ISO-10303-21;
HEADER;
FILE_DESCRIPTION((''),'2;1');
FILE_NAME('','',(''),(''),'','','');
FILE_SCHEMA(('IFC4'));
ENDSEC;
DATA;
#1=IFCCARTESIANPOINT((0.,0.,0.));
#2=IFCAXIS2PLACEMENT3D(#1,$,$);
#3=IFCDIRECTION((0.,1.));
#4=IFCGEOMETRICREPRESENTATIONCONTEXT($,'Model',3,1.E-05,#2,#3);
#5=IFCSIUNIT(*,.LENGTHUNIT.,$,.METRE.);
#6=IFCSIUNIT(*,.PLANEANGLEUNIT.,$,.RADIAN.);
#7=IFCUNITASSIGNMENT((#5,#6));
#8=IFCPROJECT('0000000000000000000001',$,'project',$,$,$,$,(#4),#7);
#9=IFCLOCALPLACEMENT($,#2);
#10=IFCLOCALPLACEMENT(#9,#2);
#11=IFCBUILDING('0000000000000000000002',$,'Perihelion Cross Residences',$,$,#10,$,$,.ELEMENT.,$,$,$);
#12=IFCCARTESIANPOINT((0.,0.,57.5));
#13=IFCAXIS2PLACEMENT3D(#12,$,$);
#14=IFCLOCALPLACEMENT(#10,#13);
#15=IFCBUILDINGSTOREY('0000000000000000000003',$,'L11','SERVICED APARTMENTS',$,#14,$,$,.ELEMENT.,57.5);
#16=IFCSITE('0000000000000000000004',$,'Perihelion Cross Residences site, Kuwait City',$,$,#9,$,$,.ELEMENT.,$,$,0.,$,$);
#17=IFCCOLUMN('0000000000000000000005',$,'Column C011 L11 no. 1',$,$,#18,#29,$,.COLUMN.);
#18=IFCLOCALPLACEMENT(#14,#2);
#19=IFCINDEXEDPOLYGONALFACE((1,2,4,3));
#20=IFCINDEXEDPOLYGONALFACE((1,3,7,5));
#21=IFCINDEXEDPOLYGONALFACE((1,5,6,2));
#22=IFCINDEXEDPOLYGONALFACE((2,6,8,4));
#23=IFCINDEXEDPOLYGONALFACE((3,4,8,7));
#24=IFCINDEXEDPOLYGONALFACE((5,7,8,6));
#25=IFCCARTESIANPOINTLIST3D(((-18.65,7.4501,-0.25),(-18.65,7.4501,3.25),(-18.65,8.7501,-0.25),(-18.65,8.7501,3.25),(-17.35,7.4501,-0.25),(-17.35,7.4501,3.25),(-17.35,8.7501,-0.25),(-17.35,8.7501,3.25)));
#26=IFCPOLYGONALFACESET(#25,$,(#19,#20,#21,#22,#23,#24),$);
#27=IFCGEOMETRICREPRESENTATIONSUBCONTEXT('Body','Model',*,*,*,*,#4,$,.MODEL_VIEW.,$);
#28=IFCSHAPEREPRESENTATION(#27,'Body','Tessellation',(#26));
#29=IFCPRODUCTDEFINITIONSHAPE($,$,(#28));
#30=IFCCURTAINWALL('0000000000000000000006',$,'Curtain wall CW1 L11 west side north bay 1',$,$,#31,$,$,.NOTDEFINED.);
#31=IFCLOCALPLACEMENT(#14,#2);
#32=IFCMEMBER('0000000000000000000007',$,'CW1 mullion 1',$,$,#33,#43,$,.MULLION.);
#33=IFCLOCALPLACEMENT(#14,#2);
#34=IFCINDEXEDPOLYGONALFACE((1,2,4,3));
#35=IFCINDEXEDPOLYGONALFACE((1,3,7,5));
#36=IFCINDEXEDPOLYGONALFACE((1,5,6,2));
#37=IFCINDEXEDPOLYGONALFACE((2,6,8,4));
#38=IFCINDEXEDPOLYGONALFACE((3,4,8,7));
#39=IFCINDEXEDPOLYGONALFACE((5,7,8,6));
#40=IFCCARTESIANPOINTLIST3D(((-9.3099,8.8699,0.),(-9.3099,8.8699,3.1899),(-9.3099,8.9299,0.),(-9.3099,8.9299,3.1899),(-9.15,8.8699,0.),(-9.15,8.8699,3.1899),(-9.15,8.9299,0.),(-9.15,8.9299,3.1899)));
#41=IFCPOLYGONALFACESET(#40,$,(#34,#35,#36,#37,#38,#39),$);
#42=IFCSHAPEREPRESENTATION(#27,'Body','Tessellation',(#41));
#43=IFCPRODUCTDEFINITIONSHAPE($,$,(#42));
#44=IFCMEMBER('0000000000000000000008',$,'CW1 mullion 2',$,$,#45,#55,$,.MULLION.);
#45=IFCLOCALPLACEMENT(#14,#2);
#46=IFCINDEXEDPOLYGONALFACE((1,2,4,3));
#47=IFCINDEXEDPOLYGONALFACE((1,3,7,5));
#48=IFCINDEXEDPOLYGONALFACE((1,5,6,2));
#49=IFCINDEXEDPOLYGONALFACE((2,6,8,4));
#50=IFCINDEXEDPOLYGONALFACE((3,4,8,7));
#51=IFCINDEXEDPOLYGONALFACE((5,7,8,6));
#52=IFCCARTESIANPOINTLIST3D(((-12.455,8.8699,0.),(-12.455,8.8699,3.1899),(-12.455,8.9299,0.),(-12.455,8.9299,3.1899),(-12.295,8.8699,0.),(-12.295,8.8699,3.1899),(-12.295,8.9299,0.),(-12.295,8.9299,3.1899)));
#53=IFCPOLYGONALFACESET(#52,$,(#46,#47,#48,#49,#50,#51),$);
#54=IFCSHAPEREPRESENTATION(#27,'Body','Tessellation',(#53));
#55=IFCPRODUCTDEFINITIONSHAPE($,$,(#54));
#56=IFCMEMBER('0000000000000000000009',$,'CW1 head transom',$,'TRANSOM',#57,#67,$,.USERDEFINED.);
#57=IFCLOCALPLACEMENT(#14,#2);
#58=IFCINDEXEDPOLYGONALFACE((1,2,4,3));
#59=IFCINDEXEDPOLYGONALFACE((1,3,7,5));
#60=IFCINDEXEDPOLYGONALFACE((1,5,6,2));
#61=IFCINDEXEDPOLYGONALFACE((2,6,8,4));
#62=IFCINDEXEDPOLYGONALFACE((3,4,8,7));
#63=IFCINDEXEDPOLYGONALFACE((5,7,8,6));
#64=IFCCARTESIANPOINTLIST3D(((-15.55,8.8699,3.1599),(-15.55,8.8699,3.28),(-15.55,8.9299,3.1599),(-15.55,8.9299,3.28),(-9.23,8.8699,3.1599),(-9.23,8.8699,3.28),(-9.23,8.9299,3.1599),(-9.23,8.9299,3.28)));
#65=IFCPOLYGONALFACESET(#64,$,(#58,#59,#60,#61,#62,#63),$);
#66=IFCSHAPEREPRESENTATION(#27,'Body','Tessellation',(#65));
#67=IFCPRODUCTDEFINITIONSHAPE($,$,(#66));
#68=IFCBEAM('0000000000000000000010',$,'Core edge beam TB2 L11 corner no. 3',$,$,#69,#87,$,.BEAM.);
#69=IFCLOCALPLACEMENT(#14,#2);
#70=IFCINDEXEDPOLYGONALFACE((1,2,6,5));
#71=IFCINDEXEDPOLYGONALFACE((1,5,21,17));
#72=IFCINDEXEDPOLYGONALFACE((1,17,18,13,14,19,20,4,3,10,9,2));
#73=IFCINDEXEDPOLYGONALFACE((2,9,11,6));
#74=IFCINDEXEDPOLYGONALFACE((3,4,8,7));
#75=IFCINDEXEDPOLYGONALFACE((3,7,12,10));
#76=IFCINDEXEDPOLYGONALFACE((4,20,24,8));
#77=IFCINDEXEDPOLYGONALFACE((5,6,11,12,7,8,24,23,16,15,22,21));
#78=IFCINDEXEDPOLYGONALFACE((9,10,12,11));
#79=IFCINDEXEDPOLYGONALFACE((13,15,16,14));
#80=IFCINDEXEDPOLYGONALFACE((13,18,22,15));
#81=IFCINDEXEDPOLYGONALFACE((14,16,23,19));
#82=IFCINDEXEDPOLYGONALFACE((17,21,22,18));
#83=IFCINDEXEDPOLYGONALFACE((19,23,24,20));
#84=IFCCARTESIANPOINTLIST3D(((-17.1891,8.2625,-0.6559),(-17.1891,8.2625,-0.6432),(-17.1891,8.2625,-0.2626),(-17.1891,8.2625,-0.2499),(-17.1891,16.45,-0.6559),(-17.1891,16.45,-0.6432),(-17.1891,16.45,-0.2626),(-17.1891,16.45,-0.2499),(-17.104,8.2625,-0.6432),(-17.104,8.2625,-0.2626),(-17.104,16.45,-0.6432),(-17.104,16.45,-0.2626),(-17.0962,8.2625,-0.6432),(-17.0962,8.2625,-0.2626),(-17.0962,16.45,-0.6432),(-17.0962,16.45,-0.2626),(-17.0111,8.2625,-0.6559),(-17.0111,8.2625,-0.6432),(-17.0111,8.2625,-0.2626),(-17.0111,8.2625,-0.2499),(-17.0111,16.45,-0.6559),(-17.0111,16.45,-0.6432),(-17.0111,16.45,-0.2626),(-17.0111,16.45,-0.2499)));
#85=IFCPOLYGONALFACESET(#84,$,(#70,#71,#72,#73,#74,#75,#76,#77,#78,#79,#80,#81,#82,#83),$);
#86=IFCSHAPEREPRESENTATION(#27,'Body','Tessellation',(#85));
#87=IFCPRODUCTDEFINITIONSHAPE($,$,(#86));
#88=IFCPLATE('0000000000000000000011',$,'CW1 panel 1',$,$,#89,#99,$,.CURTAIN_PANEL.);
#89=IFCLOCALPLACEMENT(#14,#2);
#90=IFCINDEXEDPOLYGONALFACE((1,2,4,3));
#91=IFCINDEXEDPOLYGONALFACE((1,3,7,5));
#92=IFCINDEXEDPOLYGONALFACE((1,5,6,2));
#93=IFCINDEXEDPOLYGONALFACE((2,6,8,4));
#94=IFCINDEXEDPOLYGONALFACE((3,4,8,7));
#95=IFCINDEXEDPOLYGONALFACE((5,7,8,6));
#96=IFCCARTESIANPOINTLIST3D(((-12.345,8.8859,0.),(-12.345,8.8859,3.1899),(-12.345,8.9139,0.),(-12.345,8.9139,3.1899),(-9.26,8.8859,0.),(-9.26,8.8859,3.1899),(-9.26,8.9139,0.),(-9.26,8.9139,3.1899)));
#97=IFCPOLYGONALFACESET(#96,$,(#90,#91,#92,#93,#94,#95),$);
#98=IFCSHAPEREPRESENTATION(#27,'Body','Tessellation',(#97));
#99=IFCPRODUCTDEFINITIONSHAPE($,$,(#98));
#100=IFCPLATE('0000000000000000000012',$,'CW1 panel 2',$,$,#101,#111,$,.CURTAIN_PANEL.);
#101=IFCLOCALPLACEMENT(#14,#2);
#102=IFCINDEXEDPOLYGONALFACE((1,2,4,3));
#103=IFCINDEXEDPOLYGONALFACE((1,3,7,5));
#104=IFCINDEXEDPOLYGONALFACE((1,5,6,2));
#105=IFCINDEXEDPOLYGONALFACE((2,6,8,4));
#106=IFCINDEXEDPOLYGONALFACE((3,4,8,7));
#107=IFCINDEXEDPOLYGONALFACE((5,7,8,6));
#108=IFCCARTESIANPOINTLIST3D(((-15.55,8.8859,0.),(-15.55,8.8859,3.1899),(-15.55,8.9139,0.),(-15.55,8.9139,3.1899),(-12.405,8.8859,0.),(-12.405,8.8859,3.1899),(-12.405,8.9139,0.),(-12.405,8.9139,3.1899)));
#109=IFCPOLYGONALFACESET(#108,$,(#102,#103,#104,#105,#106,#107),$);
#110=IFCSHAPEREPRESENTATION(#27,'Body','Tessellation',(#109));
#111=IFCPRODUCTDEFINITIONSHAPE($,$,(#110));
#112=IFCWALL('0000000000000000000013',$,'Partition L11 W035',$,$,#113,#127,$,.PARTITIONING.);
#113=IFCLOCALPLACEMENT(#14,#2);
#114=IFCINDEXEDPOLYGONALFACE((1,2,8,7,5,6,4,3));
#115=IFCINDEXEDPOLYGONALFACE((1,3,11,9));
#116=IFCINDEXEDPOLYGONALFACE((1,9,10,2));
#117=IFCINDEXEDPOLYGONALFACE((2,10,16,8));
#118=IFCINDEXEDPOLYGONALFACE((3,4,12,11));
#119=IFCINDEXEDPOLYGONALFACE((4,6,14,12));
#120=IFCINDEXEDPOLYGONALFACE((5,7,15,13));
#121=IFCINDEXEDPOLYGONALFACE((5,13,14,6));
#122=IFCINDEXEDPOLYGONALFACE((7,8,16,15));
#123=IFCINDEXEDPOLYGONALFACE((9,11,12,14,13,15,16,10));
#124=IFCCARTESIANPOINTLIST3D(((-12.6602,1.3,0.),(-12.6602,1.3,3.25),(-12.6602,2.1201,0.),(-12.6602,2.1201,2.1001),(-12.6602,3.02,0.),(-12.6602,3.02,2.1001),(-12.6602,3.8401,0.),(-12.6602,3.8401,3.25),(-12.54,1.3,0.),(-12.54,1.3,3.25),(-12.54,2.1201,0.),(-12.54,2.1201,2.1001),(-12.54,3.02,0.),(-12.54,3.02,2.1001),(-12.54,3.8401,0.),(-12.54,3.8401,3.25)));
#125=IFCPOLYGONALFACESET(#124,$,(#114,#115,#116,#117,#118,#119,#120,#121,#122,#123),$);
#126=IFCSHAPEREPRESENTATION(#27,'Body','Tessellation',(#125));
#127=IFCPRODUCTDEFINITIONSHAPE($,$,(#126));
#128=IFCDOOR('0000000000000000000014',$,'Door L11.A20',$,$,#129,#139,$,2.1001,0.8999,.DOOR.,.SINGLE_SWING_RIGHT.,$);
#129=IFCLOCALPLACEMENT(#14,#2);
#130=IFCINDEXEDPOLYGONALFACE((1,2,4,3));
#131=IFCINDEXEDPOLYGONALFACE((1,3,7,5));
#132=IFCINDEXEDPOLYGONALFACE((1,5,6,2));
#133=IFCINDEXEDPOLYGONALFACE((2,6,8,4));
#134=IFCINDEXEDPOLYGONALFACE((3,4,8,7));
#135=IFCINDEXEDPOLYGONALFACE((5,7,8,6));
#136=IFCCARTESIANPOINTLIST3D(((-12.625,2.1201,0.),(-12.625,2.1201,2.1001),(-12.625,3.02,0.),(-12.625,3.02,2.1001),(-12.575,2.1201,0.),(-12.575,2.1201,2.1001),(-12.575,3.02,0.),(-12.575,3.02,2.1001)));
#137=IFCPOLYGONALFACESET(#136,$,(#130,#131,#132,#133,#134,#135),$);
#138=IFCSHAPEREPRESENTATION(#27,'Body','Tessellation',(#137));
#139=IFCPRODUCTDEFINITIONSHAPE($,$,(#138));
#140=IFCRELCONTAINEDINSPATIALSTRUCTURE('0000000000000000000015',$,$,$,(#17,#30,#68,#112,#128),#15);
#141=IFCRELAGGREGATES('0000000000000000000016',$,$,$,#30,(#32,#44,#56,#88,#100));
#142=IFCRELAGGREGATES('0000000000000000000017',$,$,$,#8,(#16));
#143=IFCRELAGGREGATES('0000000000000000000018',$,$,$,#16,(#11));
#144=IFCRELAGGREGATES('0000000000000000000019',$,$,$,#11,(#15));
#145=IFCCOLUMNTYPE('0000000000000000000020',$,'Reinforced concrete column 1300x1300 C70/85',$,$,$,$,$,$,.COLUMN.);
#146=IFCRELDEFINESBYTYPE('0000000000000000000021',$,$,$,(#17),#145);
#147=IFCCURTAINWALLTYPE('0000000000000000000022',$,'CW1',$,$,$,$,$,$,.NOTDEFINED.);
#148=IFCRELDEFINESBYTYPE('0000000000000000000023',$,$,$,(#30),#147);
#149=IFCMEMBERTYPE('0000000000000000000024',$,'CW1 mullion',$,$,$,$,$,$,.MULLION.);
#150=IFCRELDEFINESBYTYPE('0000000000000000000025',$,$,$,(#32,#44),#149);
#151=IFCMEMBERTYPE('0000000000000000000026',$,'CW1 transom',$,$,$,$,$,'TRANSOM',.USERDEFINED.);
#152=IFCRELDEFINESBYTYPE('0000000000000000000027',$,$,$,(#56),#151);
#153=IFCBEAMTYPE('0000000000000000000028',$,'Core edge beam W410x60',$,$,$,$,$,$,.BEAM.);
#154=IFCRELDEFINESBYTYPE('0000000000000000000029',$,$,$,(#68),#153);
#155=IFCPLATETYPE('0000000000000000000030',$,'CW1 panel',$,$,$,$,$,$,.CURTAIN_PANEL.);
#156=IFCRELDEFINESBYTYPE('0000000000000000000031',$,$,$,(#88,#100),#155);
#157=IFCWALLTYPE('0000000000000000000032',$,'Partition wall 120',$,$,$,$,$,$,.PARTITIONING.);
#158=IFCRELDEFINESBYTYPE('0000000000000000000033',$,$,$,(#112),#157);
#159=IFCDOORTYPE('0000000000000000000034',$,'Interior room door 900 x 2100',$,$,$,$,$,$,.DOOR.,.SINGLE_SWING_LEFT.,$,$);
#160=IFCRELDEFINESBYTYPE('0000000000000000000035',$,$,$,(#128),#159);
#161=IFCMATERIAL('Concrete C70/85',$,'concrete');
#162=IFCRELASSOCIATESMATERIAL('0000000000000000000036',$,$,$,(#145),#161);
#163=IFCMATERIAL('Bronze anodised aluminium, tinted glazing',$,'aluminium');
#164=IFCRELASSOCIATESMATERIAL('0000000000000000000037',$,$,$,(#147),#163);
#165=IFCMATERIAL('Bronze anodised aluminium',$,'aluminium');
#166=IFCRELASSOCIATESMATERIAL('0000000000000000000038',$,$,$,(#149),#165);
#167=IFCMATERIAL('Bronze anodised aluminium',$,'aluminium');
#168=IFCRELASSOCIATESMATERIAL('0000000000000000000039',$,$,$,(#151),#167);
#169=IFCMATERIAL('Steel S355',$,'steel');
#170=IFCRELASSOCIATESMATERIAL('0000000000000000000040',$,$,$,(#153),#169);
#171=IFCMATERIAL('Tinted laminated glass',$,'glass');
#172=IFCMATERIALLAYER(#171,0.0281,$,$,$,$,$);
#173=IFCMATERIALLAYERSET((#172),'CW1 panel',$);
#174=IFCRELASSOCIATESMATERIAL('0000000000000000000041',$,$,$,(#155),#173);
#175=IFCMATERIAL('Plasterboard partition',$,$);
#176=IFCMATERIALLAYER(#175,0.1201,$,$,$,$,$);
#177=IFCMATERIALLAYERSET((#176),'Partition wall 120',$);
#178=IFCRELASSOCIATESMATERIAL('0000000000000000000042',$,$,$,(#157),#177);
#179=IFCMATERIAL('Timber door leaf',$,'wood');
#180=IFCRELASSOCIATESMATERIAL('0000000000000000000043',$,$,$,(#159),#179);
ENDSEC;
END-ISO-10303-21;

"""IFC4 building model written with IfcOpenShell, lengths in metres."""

from ifc_helpers import new_model, si_unit, direction, frame, frame_2d, origin, origin_2d, place, context, subcontext, project, spatial, rectangle, i_section, extrude, material, layer, layer_set, material_profile, profile_set, type_object, element, fill, aggregate, save


model = new_model("IFC4")

# Units and contexts
model_context = context("Model", 3, precision=1e-05, world=origin(), true_north=direction((0.0, 1.0)))
body_context = subcontext(model_context, "Body", "Model", "MODEL_VIEW")
ifc_project = project(units=[si_unit("LENGTHUNIT", "METRE"), si_unit("PLANEANGLEUNIT", "RADIAN")], contexts=[model_context])

# Site, building, storey
site_placement = place(None, origin())
site = spatial("IfcSite", under=ifc_project, at=site_placement, Name="Perihelion Cross Residences site, Kuwait City", CompositionType="ELEMENT", RefElevation=0.0)
building_placement = place(site_placement, origin())
building = spatial("IfcBuilding", under=site, at=building_placement, Name="Perihelion Cross Residences", CompositionType="ELEMENT")
storey_placement = place(building_placement, frame((0.0, 0.0, 57.5)))
storey = spatial("IfcBuildingStorey", under=building, at=storey_placement, Name="L11", Description="SERVICED APARTMENTS", CompositionType="ELEMENT", Elevation=57.5)

# Column
ifc_material_1 = material(Name="Concrete C70/85", Category="concrete")
ifc_material_profile_1 = material_profile(ifc_material_1, rectangle(XDim=1.3, YDim=1.3, at=origin_2d()), Name="RC 1300x1300")
ifc_profile_set_1 = profile_set([ifc_material_profile_1], Name="Concrete C70/85")
column_type = type_object("IfcColumnType", Name="Reinforced concrete column 1300x1300 C70/85", PredefinedType="COLUMN", material=ifc_profile_set_1)
column_placement = place(storey_placement, frame((-18.0, 8.1001, -0.25), z_axis=(0.0, 0.0, 1.0), x_axis=(1.0, 0.0, 0.0)))
element("IfcColumn", 1, at=column_placement, inside=storey, type_object=column_type, Name="Column C011 L11 no. 1", PredefinedType="COLUMN", context=body_context, shape_type="SweptSolid", body=[
    extrude(rectangle(XDim=1.3, YDim=1.3, at=origin_2d()), origin(), (0.0, 0.0, 1.0), 3.5),
])

# Curtain wall, members
ifc_material_2 = material(Name="Bronze anodised aluminium, tinted glazing", Category="aluminium")
curtain_wall_type = type_object("IfcCurtainWallType", Name="CW1", PredefinedType="NOTDEFINED", material=ifc_material_2)
curtain_wall_placement = place(storey_placement, origin())
curtain_wall = element("IfcCurtainWall", 2, at=curtain_wall_placement, inside=storey, type_object=curtain_wall_type, Name="Curtain wall CW1 L11 west side north bay 1", PredefinedType="NOTDEFINED")
ifc_material_3 = material(Name="Bronze anodised aluminium", Category="aluminium")
ifc_material_profile_2 = material_profile(ifc_material_3, rectangle(XDim=0.0601, YDim=0.1599, at=origin_2d()), Name="CW1 mullion")
ifc_profile_set_2 = profile_set([ifc_material_profile_2], Name="Bronze anodised aluminium")
member_type_1 = type_object("IfcMemberType", Name="CW1 mullion", PredefinedType="MULLION", material=ifc_profile_set_2)
member_1_placement = place(storey_placement, frame((-9.23, 8.8999, 0.0), z_axis=(0.0, 0.0, 1.0), x_axis=(0.0, -1.0, 0.0)))
member_1 = element("IfcMember", 3, at=member_1_placement, type_object=member_type_1, Name="CW1 mullion 1", PredefinedType="MULLION", context=body_context, shape_type="SweptSolid", body=[
    extrude(rectangle(XDim=0.0601, YDim=0.1599, at=origin_2d()), origin(), (0.0, 0.0, 1.0), 3.1899),
])
member_2_placement = place(storey_placement, frame((-12.375, 8.8999, 0.0), z_axis=(0.0, 0.0, 1.0), x_axis=(0.0, -1.0, 0.0)))
member_2 = element("IfcMember", 4, at=member_2_placement, type_object=member_type_1, Name="CW1 mullion 2", PredefinedType="MULLION", context=body_context, shape_type="SweptSolid", body=[
    extrude(rectangle(XDim=0.0601, YDim=0.1599, at=origin_2d()), origin(), (0.0, 0.0, 1.0), 3.1899),
])
ifc_material_4 = material(Name="Bronze anodised aluminium", Category="aluminium")
ifc_material_profile_3 = material_profile(ifc_material_4, rectangle(XDim=0.0601, YDim=0.1201, at=origin_2d()), Name="CW1 transom")
ifc_profile_set_3 = profile_set([ifc_material_profile_3], Name="Bronze anodised aluminium")
member_type_2 = type_object("IfcMemberType", Name="CW1 transom", ElementType="TRANSOM", PredefinedType="USERDEFINED", material=ifc_profile_set_3)
member_3_placement = place(storey_placement, frame((-9.23, 8.8999, 3.22), z_axis=(-1.0, 0.0, 0.0), x_axis=(0.0, -1.0, 0.0)))
member_3 = element("IfcMember", 5, at=member_3_placement, type_object=member_type_2, Name="CW1 head transom", ObjectType="TRANSOM", PredefinedType="USERDEFINED", context=body_context, shape_type="SweptSolid", body=[
    extrude(rectangle(XDim=0.0601, YDim=0.1201, at=origin_2d()), origin(), (0.0, 0.0, 1.0), 6.3201),
])

# Beam
ifc_material_5 = material(Name="Steel S355", Category="steel")
ifc_material_profile_4 = material_profile(ifc_material_5, i_section(OverallWidth=0.178, OverallDepth=0.406, WebThickness=0.0078, FlangeThickness=0.0127, at=origin_2d()), Name="W410x60")
ifc_profile_set_4 = profile_set([ifc_material_profile_4], Name="Steel S355")
beam_type = type_object("IfcBeamType", Name="Core edge beam W410x60", PredefinedType="BEAM", material=ifc_profile_set_4)
beam_placement = place(storey_placement, frame((-17.1001, 8.2625, -0.4529), z_axis=(0.0, 1.0, 0.0), x_axis=(-1.0, 0.0, 0.0)))
element("IfcBeam", 6, at=beam_placement, inside=storey, type_object=beam_type, Name="Core edge beam TB2 L11 corner no. 3", PredefinedType="BEAM", context=body_context, shape_type="SweptSolid", body=[
    extrude(i_section(OverallWidth=0.178, OverallDepth=0.406, WebThickness=0.0078, FlangeThickness=0.0127, at=origin_2d()), origin(), (0.0, 0.0, 1.0), 8.1875),
])

# Plates
ifc_material_6 = material(Name="Tinted laminated glass", Category="glass")
ifc_layer_1 = layer(ifc_material_6, 0.0281)
ifc_layer_set_1 = layer_set([ifc_layer_1], Name="CW1 panel")
plate_type = type_object("IfcPlateType", Name="CW1 panel", PredefinedType="CURTAIN_PANEL", material=ifc_layer_set_1)
plate_1_placement = place(storey_placement, frame((-10.8025, 8.8999, 0.0), z_axis=(0.0, 0.0, 1.0), x_axis=(-1.0, 0.0, 0.0)))
plate_1 = element("IfcPlate", 7, at=plate_1_placement, type_object=plate_type, Name="CW1 panel 1", PredefinedType="CURTAIN_PANEL", context=body_context, shape_type="SweptSolid", body=[
    extrude(rectangle(XDim=3.085, YDim=0.0281, at=origin_2d()), origin(), (0.0, 0.0, 1.0), 3.1899),
])
plate_2_placement = place(storey_placement, frame((-13.9775, 8.8999, 0.0), z_axis=(0.0, 0.0, 1.0), x_axis=(-1.0, 0.0, 0.0)))
plate_2 = element("IfcPlate", 8, at=plate_2_placement, type_object=plate_type, Name="CW1 panel 2", PredefinedType="CURTAIN_PANEL", context=body_context, shape_type="SweptSolid", body=[
    extrude(rectangle(XDim=3.145, YDim=0.0281, at=origin_2d()), origin(), (0.0, 0.0, 1.0), 3.1899),
])
aggregate(curtain_wall, [member_1, member_2, member_3, plate_1, plate_2])

# Wall, opening, door
ifc_material_7 = material(Name="Plasterboard partition")
ifc_layer_2 = layer(ifc_material_7, 0.1201)
ifc_layer_set_2 = layer_set([ifc_layer_2], Name="Partition wall 120")
wall_type_1 = type_object("IfcWallType", Name="Partition wall 120", PredefinedType="PARTITIONING", material=ifc_layer_set_2)
wall_1_placement = place(storey_placement, frame((-12.6001, 1.3, 0.0), z_axis=(0.0, 0.0, 1.0), x_axis=(0.0, 1.0, 0.0)))
wall_1 = element("IfcWall", 9, at=wall_1_placement, inside=storey, type_object=wall_type_1, Name="Partition L11 W035", PredefinedType="PARTITIONING", context=body_context, shape_type="SweptSolid", body=[
    extrude(rectangle(XDim=2.54, YDim=0.1201, at=frame_2d((1.27, 0.0))), origin(), (0.0, 0.0, 1.0), 3.25),
])
opening_1_placement = place(wall_1_placement, frame((0.8201, 0.0, 0.0)))
opening_1 = element("IfcOpeningElement", 10, at=opening_1_placement, cuts=wall_1, PredefinedType="OPENING", context=body_context, shape_type="SweptSolid", body=[
    extrude(rectangle(XDim=0.8999, YDim=2.1001, at=frame_2d((0.45, 1.05))), frame((0.0, 0.0701, 0.0), z_axis=(0.0, -1.0, 0.0), x_axis=(1.0, 0.0, 0.0)), (0.0, 0.0, 1.0), 0.1401),
])
ifc_material_8 = material(Name="Timber door leaf", Category="wood")
door_type_1 = type_object("IfcDoorType", Name="Interior room door 900 x 2100", OperationType="SINGLE_SWING_LEFT", PredefinedType="DOOR", material=ifc_material_8)
door_1_placement = place(opening_1_placement, origin())
door_1 = element("IfcDoor", 11, at=door_1_placement, inside=storey, type_object=door_type_1, Name="Door L11.A20", OperationType="SINGLE_SWING_RIGHT", OverallHeight=2.1001, OverallWidth=0.8999, PredefinedType="DOOR", context=body_context, shape_type="SweptSolid", body=[
    extrude(rectangle(XDim=0.8999, YDim=2.1001, at=frame_2d((0.45, 1.05))), frame((0.0, 0.0249, 0.0), z_axis=(0.0, -1.0, 0.0), x_axis=(1.0, 0.0, 0.0)), (0.0, 0.0, 1.0), 0.05),
])
fill(opening_1, door_1)

save(model, "model.ifc")
